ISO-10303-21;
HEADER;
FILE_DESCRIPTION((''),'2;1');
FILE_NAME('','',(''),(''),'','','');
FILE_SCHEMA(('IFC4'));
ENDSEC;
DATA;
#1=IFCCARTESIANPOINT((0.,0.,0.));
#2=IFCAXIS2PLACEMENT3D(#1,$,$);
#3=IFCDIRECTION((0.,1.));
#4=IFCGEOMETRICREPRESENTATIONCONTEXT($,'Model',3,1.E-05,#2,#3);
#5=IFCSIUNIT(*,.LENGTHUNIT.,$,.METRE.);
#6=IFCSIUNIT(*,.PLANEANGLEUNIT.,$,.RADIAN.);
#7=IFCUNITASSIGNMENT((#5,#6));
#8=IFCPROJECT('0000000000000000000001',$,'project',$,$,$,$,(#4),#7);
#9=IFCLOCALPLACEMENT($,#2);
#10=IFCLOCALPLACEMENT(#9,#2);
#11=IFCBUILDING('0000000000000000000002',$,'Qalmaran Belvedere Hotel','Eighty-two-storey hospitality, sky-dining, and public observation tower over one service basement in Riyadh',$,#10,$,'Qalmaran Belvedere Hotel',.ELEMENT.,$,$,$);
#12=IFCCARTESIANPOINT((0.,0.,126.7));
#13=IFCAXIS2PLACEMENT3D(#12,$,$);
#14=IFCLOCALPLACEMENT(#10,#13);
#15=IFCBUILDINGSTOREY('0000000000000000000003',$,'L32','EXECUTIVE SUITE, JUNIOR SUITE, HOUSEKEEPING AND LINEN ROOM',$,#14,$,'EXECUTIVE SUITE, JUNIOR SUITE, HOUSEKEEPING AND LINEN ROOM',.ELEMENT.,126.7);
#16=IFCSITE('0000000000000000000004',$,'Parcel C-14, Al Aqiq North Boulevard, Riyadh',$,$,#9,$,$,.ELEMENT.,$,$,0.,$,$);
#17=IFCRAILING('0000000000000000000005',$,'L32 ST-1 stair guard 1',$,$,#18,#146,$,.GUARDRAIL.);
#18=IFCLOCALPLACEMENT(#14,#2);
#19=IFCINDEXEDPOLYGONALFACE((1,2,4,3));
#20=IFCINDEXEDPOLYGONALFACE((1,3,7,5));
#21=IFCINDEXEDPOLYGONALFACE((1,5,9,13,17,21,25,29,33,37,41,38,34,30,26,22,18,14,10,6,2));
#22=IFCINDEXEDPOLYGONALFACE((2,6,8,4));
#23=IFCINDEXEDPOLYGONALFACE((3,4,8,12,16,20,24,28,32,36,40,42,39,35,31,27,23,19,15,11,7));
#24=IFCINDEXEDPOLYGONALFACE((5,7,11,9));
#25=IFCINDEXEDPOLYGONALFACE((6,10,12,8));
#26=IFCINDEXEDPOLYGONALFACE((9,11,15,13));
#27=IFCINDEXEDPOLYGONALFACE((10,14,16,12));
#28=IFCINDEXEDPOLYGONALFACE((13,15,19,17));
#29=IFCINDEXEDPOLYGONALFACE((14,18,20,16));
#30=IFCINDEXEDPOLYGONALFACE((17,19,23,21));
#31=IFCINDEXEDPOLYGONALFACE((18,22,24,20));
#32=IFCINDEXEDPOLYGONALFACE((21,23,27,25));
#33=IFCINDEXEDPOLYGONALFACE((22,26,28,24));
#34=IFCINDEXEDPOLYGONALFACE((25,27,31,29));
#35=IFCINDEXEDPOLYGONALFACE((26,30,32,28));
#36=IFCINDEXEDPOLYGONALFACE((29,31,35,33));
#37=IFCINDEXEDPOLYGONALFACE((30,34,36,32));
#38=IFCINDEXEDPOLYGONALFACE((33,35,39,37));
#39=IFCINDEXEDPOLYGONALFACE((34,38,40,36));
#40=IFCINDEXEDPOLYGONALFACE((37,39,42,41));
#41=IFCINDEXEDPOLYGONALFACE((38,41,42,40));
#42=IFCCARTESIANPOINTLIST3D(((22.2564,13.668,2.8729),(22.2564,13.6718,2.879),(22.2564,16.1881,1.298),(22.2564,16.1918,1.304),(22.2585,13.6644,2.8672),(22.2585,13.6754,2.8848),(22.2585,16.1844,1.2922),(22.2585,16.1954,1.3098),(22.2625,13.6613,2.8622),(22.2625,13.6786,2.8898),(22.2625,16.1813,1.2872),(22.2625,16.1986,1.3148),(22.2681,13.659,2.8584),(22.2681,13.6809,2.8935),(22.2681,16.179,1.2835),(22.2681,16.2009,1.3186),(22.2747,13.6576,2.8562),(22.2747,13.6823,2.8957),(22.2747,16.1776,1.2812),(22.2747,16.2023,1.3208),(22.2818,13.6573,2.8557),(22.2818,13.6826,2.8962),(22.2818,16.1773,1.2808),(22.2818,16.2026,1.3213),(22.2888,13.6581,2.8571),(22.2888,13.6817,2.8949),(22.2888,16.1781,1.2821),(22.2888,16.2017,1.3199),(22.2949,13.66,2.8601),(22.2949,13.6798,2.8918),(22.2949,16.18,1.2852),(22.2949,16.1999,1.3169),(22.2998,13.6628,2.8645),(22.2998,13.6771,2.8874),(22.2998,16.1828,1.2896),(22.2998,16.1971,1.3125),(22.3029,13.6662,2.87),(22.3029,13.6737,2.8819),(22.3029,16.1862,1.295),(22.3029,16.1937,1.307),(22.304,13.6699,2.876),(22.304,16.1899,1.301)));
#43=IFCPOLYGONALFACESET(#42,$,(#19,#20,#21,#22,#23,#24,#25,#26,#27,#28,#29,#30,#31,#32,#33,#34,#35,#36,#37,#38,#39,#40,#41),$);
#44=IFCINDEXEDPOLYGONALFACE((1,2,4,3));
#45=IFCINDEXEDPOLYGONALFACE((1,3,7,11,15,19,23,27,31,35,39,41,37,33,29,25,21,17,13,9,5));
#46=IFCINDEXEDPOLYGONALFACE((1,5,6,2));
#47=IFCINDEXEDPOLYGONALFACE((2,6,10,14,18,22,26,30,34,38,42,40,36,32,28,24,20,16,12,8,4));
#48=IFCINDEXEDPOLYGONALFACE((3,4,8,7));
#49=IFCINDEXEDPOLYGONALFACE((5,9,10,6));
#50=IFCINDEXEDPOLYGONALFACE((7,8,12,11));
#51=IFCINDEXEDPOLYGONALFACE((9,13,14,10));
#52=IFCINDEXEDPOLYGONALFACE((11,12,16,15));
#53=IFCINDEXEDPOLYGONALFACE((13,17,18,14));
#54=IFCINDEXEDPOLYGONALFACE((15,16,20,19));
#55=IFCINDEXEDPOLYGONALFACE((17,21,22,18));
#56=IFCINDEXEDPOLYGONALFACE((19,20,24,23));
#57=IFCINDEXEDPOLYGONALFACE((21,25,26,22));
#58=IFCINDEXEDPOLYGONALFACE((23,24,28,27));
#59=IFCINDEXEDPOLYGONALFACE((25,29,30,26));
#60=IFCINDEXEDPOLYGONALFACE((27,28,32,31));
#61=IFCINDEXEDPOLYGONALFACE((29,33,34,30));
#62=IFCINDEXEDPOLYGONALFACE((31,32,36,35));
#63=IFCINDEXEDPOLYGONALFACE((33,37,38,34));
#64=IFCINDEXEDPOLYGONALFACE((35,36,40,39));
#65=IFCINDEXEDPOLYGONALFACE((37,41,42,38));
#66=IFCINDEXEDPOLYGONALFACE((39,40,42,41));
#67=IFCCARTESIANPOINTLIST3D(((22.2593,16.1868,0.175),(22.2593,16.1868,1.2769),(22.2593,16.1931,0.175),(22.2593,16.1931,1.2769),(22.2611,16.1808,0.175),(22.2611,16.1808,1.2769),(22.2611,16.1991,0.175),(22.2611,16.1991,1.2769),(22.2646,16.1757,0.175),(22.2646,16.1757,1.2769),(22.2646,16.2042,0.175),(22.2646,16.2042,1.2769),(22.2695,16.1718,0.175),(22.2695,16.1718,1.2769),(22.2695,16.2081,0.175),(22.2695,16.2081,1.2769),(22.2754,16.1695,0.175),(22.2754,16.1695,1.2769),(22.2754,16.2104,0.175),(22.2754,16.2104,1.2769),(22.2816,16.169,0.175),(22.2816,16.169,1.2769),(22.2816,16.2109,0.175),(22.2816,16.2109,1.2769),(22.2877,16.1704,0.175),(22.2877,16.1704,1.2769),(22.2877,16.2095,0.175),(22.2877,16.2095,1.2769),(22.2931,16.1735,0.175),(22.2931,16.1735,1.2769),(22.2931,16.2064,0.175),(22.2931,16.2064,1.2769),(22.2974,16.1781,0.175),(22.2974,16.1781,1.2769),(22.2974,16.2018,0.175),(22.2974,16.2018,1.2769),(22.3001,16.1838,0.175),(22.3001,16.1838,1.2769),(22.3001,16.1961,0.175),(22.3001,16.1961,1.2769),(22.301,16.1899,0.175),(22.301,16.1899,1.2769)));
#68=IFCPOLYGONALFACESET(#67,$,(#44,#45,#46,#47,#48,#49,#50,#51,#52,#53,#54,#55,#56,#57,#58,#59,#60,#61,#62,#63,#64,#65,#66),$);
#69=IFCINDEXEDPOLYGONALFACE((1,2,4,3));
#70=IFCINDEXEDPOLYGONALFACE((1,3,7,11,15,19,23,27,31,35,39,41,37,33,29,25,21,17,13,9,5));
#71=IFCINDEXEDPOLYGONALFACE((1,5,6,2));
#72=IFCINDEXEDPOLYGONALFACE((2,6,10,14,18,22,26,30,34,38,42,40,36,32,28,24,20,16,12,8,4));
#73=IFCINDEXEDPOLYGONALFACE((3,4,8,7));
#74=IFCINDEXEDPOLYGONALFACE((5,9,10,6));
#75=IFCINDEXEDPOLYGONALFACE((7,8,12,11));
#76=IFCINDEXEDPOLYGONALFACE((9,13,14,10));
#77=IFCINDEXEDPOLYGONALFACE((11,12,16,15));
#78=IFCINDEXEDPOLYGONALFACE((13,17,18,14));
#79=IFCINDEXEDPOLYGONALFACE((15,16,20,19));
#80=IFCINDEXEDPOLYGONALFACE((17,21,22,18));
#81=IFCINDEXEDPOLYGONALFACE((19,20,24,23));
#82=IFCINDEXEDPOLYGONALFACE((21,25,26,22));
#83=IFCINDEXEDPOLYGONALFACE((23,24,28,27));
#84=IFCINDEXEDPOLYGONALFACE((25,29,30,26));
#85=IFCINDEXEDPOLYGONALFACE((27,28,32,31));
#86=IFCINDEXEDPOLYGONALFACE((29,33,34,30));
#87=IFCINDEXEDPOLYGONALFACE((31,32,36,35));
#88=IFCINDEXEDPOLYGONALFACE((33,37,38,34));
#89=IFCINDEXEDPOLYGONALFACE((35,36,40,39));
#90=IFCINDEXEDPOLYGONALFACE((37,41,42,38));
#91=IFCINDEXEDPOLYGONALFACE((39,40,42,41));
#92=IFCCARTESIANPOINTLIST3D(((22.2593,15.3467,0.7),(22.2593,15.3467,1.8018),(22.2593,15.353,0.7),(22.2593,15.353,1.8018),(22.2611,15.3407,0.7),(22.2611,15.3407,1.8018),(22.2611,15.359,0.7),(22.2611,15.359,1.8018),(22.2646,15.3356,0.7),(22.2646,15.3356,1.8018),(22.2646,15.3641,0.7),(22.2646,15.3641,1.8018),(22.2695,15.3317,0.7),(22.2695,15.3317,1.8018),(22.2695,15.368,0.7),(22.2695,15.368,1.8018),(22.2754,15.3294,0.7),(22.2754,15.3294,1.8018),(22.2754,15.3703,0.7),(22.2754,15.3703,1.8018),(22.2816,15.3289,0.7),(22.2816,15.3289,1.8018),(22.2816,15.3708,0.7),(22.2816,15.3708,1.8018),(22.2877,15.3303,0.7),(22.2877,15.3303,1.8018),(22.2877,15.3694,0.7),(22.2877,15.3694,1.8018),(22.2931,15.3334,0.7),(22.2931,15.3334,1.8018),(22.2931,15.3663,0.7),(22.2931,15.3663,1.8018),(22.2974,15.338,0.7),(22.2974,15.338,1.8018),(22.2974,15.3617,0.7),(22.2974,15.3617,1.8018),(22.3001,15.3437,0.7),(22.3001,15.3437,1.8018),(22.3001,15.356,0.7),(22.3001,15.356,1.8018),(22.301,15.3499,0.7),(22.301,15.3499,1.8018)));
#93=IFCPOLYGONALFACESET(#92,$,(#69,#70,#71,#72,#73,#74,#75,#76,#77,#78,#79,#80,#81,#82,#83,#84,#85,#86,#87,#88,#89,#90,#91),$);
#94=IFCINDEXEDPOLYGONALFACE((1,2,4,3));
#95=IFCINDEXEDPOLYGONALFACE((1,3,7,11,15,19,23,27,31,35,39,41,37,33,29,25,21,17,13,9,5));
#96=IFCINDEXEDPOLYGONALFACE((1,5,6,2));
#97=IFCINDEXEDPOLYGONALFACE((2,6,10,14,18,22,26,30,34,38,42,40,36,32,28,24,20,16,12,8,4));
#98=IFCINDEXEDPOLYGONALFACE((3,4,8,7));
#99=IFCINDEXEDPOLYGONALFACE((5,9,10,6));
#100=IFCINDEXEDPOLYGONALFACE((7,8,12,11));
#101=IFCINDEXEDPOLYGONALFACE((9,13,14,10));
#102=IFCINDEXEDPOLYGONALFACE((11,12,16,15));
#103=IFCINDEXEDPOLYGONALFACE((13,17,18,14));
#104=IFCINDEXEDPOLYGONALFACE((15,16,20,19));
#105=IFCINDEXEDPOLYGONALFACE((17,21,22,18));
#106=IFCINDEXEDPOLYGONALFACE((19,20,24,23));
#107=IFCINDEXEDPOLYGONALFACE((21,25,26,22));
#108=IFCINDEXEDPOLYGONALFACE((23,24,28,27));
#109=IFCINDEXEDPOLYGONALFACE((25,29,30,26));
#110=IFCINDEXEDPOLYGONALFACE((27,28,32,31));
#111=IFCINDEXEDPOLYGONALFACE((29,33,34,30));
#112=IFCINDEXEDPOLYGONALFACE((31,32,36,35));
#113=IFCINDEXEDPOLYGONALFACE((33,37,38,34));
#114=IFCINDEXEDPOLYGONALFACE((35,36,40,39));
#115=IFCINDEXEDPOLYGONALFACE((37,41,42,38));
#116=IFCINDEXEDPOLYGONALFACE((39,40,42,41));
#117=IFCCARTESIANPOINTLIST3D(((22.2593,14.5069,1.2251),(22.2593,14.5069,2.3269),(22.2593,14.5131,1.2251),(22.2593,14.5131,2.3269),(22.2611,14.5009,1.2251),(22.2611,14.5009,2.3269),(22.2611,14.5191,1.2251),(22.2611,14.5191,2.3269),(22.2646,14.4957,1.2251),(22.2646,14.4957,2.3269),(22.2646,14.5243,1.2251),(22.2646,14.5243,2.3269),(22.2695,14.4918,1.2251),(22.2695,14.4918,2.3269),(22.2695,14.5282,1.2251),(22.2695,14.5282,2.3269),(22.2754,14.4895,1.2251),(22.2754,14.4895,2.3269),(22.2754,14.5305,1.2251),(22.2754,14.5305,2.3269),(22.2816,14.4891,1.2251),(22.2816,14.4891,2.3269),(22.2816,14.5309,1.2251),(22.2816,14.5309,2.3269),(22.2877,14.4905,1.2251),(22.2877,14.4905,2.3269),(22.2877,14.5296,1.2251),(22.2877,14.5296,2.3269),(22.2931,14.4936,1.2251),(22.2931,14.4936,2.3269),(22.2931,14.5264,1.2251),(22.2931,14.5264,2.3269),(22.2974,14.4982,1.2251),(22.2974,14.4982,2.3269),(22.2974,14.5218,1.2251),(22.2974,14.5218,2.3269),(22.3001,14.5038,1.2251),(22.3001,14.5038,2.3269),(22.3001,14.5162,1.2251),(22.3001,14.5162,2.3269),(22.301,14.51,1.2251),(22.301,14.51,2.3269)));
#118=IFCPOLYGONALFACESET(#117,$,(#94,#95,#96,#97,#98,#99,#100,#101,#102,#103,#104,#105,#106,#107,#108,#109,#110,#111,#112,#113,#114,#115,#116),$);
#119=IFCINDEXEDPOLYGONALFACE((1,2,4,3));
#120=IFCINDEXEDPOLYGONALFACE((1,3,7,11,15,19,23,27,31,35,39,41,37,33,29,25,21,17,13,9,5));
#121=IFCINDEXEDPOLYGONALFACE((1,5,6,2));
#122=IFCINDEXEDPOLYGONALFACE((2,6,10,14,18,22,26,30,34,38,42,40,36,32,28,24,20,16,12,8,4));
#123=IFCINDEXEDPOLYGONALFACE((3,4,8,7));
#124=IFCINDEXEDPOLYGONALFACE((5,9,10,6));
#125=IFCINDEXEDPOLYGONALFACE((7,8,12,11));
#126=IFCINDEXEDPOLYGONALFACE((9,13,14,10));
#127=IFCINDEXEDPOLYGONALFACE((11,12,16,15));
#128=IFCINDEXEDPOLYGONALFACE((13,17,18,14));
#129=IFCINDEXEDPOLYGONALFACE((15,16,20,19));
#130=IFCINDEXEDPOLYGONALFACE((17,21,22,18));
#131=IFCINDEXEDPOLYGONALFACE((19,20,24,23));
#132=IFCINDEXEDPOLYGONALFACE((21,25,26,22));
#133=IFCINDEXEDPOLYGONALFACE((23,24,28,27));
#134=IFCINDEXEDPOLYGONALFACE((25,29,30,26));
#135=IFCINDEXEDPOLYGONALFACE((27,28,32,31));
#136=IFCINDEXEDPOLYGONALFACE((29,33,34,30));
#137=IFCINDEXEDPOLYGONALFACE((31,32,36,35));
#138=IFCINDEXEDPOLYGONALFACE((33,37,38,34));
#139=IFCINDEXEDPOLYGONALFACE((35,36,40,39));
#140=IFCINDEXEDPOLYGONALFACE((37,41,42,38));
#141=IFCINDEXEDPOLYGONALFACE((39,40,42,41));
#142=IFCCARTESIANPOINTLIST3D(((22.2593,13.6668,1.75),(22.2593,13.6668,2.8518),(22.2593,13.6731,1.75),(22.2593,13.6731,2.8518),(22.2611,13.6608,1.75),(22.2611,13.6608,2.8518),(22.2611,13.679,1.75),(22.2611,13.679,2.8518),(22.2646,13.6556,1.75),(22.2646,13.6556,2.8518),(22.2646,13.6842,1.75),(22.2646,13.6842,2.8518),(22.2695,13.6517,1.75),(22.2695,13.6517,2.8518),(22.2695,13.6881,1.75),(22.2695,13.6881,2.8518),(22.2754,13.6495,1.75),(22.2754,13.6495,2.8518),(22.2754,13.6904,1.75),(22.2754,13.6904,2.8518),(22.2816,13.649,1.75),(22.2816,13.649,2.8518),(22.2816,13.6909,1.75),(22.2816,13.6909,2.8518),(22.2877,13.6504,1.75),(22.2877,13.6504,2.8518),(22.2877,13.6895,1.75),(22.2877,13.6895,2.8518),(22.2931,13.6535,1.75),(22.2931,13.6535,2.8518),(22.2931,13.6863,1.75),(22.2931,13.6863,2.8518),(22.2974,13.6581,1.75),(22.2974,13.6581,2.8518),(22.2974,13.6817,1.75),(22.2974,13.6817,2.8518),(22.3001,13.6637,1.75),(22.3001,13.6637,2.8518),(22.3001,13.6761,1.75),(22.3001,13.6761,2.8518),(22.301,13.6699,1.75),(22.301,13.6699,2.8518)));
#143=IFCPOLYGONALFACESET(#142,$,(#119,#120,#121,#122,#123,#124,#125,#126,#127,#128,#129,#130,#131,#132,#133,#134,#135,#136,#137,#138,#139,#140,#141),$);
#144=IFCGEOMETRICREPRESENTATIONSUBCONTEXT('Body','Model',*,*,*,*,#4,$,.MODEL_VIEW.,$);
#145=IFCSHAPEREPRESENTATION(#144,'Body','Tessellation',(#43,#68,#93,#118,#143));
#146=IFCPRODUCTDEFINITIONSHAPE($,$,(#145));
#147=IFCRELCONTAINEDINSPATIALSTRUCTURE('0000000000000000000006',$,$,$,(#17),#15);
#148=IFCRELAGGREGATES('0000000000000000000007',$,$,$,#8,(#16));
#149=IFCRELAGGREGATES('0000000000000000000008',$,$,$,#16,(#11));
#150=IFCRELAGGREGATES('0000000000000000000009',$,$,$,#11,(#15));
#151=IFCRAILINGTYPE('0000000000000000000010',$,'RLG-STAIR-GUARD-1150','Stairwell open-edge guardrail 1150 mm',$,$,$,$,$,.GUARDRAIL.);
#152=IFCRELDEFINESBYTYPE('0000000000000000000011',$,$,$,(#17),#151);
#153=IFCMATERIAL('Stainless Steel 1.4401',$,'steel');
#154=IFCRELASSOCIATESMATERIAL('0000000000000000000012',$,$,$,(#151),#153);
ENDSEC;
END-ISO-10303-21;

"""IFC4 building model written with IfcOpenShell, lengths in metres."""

from ifc_helpers import new_model, si_unit, direction, frame, origin, origin_2d, place, context, subcontext, project, spatial, circle, extrude, material, type_object, element, save


model = new_model("IFC4")

# Units and contexts
model_context = context("Model", 3, precision=1e-05, world=origin(), true_north=direction((0.0, 1.0)))
body_context = subcontext(model_context, "Body", "Model", "MODEL_VIEW")
ifc_project = project(units=[si_unit("LENGTHUNIT", "METRE"), si_unit("PLANEANGLEUNIT", "RADIAN")], contexts=[model_context])

# Site, building, storey
site_placement = place(None, origin())
site = spatial("IfcSite", under=ifc_project, at=site_placement, Name="Parcel C-14, Al Aqiq North Boulevard, Riyadh", CompositionType="ELEMENT", RefElevation=0.0)
building_placement = place(site_placement, origin())
building = spatial("IfcBuilding", under=site, at=building_placement, Name="Qalmaran Belvedere Hotel", Description="Eighty-two-storey hospitality, sky-dining, and public observation tower over one service basement in Riyadh", LongName="Qalmaran Belvedere Hotel", CompositionType="ELEMENT")
storey_placement = place(building_placement, frame((0.0, 0.0, 126.7)))
storey = spatial("IfcBuildingStorey", under=building, at=storey_placement, Name="L32", Description="EXECUTIVE SUITE, JUNIOR SUITE, HOUSEKEEPING AND LINEN ROOM", LongName="EXECUTIVE SUITE, JUNIOR SUITE, HOUSEKEEPING AND LINEN ROOM", CompositionType="ELEMENT", Elevation=126.7)

# Railing
ifc_material_1 = material(Name="Stainless Steel 1.4401", Category="steel")
railing_type_1 = type_object("IfcRailingType", Name="RLG-STAIR-GUARD-1150", Description="Stairwell open-edge guardrail 1150 mm", PredefinedType="GUARDRAIL", material=ifc_material_1)
railing_1_placement = place(storey_placement, frame((22.28, 16.1899, 0.175)))
element("IfcRailing", 1, at=railing_1_placement, inside=storey, type_object=railing_type_1, Name="L32 ST-1 stair guard 1", PredefinedType="GUARDRAIL", context=body_context, shape_type="SweptSolid", body=[
    extrude(circle(Radius=0.0239, at=origin_2d()), frame((0.0, 0.0, 1.126), z_axis=(0.0, -0.848008, 0.529984), x_axis=(1.0, 0.0, 0.0)), (0.0, 0.0, 1.0), 2.9717),
    extrude(circle(Radius=0.021, at=origin_2d()), origin(), (0.0, 0.0, 1.0), 1.1018),
    extrude(circle(Radius=0.021, at=origin_2d()), frame((0.0, -0.8401, 0.5249)), (0.0, 0.0, 1.0), 1.1018),
    extrude(circle(Radius=0.021, at=origin_2d()), frame((0.0, -1.6799, 1.05)), (0.0, 0.0, 1.0), 1.1018),
    extrude(circle(Radius=0.021, at=origin_2d()), frame((0.0, -2.52, 1.575)), (0.0, 0.0, 1.0), 1.1018),
])

save(model, "model.ifc")
